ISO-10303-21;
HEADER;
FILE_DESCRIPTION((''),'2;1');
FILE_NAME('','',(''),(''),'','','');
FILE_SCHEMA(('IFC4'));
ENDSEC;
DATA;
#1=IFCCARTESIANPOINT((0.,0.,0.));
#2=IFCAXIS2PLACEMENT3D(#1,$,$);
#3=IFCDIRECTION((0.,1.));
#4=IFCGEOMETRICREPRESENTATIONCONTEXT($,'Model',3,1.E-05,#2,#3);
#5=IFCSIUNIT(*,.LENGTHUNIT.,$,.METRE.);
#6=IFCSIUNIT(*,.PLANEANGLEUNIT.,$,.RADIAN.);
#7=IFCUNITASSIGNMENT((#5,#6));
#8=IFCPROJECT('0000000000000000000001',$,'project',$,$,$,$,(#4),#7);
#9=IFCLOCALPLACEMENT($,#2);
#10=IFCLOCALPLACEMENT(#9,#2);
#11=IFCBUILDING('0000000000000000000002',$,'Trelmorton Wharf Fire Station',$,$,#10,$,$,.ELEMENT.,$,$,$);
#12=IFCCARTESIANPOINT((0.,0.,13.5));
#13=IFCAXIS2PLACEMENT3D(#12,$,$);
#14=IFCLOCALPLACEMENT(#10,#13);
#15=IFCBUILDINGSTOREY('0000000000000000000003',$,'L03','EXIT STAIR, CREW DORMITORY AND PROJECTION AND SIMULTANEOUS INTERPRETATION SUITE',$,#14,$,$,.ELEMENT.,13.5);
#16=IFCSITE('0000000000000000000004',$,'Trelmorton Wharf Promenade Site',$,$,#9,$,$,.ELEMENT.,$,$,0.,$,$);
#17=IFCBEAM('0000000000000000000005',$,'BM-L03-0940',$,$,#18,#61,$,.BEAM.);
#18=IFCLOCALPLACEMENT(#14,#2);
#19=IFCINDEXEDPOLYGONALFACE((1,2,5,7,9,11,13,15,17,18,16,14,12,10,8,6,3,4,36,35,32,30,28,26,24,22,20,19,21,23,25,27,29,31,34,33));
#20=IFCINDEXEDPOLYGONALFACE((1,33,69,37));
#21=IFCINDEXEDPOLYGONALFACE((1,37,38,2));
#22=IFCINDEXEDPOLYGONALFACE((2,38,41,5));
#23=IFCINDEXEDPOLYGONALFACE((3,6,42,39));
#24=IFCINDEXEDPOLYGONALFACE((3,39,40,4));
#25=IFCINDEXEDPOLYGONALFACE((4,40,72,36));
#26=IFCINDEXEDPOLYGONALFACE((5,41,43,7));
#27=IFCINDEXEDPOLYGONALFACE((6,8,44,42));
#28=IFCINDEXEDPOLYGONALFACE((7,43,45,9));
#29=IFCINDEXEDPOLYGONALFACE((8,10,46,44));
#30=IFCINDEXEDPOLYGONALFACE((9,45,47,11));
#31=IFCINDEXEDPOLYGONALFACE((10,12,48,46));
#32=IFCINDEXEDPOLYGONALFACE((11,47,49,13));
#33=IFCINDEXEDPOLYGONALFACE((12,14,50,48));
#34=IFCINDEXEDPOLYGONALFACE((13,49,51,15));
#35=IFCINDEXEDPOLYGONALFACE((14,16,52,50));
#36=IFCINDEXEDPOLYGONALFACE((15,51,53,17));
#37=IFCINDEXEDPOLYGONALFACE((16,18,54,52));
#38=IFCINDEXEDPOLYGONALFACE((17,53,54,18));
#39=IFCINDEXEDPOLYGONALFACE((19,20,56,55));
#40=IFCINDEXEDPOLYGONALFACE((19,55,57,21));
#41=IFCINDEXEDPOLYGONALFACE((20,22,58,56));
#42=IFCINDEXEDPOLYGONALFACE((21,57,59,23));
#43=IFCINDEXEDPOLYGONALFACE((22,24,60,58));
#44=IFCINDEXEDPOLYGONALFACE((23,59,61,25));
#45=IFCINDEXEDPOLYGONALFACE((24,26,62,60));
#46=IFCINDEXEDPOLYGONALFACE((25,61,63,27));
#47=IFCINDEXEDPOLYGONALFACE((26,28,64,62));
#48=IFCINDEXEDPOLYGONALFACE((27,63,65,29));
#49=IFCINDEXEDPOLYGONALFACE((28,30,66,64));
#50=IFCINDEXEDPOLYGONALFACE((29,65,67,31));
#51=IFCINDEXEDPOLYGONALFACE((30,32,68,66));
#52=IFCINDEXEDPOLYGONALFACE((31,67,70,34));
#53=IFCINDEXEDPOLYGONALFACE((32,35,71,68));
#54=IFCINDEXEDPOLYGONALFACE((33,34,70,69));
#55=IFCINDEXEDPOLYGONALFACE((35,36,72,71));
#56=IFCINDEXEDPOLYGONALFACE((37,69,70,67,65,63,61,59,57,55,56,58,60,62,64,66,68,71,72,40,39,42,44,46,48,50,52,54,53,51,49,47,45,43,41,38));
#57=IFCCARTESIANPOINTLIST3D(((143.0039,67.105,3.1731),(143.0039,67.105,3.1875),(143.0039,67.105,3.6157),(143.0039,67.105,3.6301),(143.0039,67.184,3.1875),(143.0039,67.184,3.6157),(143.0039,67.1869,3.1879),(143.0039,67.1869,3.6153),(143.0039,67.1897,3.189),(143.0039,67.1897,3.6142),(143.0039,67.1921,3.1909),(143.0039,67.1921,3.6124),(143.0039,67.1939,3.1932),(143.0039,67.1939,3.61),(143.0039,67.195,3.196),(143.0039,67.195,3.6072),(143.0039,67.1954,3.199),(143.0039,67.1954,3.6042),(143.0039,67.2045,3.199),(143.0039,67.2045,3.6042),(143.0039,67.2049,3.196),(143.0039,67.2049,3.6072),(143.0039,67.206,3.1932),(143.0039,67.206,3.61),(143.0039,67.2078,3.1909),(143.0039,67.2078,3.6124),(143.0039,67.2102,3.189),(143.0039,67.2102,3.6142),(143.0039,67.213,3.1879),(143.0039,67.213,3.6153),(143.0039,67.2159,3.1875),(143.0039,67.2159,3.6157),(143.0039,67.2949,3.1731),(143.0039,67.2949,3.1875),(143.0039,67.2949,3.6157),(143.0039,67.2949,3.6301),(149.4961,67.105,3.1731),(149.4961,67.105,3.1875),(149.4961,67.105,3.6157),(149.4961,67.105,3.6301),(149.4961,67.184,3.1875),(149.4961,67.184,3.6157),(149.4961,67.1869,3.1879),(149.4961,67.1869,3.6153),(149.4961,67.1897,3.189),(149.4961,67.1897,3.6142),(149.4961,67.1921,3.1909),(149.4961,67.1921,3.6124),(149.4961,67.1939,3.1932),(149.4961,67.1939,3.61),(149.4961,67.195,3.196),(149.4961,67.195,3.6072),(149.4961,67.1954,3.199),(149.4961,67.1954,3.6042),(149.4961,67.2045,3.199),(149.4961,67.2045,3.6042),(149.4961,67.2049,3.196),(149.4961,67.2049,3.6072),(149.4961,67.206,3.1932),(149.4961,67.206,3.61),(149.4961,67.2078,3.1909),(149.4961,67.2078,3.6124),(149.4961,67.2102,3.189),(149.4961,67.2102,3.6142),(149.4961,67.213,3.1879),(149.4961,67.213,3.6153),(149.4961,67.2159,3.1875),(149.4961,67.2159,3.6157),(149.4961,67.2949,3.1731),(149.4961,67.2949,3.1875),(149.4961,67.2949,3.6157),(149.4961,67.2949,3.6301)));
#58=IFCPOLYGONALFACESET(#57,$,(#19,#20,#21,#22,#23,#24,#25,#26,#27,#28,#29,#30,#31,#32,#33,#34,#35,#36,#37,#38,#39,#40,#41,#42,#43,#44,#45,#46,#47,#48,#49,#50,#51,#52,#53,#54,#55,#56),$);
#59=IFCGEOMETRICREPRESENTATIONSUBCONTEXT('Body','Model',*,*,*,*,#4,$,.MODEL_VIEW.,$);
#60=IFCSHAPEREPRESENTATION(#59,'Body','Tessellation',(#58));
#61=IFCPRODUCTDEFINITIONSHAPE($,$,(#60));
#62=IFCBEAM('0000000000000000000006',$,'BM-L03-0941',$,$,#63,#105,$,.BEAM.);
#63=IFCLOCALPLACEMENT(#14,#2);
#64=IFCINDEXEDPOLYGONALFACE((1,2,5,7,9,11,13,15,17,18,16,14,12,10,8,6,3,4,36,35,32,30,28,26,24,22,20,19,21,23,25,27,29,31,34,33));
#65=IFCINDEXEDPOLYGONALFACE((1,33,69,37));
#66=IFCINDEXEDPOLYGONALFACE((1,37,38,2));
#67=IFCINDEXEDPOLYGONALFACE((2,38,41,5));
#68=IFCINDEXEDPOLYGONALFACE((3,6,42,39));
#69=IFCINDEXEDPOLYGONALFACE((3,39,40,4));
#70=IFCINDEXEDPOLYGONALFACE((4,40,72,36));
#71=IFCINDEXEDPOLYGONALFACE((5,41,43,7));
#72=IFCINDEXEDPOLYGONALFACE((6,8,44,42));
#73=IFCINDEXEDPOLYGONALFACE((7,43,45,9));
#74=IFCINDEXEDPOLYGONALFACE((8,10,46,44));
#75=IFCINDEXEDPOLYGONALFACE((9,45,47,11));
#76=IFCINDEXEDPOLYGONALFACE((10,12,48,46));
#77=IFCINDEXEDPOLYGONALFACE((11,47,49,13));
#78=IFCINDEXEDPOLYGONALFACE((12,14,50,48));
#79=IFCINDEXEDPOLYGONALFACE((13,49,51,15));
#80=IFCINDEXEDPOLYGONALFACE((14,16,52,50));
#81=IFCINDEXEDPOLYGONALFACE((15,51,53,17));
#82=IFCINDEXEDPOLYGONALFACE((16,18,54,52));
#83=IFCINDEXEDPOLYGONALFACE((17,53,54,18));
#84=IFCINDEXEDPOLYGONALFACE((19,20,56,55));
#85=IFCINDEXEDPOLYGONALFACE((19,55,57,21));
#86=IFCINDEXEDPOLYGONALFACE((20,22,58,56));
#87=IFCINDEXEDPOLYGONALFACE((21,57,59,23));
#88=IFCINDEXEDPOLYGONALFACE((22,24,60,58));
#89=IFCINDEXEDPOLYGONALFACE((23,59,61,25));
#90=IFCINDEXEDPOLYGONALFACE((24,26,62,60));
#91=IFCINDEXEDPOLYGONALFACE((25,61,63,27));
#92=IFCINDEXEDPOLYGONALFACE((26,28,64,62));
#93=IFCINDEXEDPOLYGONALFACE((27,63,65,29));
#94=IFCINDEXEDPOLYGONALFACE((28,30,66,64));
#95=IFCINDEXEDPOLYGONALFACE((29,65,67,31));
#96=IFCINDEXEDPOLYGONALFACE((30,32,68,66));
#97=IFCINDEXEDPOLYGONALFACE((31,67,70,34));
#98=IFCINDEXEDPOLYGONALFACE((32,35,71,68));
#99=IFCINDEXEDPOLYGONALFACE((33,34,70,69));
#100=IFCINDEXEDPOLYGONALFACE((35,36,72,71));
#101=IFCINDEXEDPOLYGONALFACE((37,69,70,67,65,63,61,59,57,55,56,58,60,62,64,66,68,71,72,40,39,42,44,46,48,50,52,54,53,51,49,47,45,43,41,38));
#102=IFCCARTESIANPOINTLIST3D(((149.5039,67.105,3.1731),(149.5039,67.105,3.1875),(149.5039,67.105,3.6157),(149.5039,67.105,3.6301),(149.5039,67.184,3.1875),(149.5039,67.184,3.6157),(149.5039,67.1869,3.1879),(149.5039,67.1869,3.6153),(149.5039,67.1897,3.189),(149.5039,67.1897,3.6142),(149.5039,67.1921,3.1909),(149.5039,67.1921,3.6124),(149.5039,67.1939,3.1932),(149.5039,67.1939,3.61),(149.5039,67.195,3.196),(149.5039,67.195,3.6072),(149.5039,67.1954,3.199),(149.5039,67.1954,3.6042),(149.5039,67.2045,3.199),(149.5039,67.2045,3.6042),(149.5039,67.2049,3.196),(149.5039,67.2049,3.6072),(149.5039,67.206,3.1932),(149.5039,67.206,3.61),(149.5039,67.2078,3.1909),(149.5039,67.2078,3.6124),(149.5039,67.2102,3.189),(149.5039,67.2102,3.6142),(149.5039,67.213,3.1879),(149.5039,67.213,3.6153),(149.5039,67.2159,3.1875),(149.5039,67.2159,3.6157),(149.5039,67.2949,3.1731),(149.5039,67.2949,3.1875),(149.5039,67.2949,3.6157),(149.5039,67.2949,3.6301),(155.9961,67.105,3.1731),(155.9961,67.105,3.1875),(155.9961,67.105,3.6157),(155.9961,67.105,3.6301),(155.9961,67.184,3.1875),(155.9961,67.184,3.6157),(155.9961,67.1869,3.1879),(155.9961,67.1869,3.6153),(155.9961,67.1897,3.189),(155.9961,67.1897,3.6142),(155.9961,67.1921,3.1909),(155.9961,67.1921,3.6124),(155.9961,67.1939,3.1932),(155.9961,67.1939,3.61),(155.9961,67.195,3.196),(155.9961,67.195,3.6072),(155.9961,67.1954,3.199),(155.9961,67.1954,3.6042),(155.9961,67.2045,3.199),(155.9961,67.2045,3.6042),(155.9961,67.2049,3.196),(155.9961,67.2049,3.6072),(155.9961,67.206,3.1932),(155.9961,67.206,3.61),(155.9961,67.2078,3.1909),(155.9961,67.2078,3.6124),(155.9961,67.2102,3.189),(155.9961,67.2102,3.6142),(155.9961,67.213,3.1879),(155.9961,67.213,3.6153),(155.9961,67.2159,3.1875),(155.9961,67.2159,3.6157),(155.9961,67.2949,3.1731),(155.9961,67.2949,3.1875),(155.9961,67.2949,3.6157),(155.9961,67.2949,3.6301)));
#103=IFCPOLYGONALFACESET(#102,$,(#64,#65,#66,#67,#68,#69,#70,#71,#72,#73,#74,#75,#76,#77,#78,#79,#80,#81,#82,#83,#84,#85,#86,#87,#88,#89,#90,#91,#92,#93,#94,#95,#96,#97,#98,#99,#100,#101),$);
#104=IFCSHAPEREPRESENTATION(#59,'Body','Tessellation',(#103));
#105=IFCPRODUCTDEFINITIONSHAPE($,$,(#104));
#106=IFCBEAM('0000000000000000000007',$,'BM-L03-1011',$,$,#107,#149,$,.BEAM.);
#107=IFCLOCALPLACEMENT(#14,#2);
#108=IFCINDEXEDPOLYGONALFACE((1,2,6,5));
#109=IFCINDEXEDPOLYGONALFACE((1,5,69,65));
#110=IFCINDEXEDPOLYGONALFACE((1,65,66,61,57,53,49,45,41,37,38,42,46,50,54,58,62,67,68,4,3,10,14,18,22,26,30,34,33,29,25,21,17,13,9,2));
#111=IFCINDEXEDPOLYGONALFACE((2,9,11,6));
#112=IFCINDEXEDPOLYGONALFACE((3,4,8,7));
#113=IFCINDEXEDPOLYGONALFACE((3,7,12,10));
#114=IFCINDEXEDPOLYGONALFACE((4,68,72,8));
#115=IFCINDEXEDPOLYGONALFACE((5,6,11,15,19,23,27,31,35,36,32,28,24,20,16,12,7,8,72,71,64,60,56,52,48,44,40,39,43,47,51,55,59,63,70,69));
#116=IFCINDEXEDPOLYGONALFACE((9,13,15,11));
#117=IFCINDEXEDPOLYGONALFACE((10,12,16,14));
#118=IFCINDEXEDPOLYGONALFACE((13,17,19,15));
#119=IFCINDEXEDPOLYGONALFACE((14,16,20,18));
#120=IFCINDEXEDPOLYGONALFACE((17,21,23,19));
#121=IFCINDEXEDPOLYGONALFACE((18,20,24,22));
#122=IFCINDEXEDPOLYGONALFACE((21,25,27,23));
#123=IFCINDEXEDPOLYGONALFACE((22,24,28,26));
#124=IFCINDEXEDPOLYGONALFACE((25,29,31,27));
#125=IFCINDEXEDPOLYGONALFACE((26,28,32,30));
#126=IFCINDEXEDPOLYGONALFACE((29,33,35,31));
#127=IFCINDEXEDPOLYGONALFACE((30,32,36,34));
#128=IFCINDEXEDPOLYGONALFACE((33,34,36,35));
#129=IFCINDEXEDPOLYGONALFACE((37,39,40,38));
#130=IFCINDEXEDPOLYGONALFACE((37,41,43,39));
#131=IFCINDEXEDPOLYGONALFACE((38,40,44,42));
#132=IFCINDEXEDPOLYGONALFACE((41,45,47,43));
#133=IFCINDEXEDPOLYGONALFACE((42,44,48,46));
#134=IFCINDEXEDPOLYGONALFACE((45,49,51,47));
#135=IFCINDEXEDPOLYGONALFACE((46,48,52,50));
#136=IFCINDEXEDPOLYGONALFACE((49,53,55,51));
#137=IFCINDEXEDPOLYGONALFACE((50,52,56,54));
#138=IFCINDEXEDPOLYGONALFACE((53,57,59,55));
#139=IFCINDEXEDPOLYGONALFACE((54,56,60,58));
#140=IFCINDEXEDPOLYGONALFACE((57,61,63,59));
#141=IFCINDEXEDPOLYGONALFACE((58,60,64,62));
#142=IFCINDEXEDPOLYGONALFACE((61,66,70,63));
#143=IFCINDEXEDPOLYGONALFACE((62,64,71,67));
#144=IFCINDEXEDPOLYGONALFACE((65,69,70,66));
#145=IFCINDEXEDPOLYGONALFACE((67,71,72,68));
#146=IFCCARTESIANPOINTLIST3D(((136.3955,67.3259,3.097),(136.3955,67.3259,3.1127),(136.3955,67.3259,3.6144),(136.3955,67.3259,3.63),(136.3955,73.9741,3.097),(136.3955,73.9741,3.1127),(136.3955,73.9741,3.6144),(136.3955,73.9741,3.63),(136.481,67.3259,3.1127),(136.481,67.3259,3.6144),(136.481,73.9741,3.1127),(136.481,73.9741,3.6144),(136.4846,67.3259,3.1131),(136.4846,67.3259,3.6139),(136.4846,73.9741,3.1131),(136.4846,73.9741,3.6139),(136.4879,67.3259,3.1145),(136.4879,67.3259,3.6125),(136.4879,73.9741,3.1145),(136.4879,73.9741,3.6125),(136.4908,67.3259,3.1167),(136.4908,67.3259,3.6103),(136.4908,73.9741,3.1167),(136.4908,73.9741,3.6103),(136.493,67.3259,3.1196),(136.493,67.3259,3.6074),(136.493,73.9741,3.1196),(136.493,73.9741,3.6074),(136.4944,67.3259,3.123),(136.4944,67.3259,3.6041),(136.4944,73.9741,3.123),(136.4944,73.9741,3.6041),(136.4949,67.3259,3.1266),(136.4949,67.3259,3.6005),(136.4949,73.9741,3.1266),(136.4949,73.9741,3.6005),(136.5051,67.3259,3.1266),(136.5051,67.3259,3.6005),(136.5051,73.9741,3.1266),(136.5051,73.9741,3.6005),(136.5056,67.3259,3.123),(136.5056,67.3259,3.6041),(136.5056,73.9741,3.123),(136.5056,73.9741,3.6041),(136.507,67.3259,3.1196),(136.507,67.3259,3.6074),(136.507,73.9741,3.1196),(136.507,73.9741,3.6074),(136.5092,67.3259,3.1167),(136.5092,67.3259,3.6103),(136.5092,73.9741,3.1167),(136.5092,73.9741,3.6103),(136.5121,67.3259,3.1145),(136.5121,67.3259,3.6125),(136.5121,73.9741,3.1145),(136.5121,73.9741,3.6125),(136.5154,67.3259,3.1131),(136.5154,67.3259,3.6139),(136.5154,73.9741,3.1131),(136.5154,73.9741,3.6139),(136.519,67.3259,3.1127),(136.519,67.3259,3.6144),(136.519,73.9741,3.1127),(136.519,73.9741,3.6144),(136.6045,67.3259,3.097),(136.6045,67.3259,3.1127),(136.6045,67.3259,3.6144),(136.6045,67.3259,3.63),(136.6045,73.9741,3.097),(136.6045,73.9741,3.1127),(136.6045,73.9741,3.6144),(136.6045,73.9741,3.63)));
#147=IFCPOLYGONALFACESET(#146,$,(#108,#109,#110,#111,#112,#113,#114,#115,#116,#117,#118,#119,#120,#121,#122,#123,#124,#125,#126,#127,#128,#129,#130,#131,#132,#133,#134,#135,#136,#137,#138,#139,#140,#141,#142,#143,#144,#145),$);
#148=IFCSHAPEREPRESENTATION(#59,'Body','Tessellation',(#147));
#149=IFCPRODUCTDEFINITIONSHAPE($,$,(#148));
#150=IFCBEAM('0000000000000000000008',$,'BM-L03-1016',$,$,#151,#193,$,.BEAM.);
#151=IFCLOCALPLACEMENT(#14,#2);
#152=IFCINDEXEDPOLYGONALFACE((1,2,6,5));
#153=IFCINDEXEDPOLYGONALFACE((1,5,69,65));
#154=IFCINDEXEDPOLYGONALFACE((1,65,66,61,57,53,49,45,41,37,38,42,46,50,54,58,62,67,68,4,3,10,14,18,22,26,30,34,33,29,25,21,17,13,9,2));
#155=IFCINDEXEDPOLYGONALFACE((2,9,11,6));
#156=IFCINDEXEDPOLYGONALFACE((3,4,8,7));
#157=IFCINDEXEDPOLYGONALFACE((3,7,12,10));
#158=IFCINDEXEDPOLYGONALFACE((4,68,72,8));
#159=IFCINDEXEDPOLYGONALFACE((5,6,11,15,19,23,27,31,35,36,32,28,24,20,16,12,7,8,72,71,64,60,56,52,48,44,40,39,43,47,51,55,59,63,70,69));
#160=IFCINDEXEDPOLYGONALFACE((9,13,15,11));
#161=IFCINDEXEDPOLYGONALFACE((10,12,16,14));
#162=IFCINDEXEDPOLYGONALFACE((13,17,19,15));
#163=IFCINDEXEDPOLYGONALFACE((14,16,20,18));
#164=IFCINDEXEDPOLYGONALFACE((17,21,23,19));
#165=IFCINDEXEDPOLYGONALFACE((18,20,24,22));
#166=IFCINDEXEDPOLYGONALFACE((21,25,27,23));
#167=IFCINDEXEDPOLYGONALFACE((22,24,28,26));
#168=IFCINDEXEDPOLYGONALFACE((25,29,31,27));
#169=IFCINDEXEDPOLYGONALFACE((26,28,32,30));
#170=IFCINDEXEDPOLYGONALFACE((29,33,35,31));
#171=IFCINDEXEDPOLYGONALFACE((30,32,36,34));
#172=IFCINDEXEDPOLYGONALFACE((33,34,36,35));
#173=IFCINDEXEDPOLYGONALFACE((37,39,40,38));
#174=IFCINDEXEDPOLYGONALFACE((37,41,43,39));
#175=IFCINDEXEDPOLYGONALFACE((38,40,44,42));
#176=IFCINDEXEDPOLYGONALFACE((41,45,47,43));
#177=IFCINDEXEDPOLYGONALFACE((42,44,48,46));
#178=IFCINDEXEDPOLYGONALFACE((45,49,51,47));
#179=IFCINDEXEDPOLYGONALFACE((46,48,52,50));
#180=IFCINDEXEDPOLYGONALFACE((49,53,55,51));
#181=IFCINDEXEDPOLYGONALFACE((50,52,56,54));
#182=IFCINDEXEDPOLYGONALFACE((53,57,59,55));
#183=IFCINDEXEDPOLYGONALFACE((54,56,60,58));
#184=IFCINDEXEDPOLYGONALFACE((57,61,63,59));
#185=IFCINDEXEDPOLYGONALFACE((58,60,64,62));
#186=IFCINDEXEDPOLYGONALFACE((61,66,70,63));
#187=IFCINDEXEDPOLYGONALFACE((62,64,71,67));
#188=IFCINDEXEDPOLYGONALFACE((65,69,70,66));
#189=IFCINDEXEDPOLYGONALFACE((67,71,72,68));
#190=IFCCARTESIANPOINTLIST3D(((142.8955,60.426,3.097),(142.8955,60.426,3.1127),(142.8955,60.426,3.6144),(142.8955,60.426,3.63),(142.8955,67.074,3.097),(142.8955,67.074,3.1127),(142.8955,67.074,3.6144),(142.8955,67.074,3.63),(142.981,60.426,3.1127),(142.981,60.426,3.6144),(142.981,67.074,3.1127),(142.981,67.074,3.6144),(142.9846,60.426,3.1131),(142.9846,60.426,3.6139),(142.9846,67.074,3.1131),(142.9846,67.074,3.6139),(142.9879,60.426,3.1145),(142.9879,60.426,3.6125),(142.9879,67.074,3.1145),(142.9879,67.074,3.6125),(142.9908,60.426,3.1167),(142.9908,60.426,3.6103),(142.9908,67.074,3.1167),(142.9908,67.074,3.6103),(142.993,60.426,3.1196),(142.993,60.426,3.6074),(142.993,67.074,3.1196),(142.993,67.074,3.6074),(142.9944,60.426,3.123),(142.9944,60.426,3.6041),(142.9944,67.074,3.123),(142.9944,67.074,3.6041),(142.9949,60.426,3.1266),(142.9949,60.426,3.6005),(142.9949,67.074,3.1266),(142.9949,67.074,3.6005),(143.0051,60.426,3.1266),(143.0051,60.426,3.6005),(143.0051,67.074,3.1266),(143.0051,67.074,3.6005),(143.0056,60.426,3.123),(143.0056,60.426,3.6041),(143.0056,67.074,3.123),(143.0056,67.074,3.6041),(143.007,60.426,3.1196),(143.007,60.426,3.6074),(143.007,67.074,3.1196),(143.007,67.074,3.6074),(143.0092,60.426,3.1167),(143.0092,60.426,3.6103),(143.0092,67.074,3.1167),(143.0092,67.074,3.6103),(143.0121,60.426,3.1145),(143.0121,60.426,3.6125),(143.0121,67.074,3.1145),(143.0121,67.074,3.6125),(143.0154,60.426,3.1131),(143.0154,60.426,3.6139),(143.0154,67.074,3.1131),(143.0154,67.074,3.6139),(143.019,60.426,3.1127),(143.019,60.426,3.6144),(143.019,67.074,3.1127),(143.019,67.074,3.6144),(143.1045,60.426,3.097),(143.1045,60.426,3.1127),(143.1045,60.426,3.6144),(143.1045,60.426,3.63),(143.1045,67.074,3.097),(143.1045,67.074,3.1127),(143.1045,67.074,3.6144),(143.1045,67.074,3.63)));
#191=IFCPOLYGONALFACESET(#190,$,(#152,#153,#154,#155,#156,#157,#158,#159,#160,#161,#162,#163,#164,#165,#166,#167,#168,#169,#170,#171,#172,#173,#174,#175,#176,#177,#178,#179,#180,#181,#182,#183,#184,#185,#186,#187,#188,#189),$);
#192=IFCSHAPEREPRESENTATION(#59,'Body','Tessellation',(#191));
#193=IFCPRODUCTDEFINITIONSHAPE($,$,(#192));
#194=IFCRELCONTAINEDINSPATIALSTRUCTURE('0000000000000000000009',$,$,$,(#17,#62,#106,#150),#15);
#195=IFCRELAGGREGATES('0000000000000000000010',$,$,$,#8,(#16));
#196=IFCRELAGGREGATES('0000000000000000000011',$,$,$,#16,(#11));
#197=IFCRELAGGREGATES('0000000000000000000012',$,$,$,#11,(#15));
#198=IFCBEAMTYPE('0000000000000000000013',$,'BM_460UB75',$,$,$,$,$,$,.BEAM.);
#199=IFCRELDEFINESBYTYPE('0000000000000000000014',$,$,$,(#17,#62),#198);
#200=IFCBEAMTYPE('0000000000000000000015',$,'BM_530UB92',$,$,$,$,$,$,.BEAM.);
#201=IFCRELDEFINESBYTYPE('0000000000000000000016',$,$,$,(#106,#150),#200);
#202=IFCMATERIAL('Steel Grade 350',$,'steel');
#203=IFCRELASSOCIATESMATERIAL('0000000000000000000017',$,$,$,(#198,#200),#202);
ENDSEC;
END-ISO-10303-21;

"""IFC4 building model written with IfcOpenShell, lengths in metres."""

from ifc_helpers import new_model, si_unit, direction, frame, origin, origin_2d, place, context, subcontext, project, spatial, i_section, extrude, material, material_profile, profile_set, type_object, element, save


model = new_model("IFC4")

# Units and contexts
model_context = context("Model", 3, precision=1e-05, world=origin(), true_north=direction((0.0, 1.0)))
body_context = subcontext(model_context, "Body", "Model", "MODEL_VIEW")
ifc_project = project(units=[si_unit("LENGTHUNIT", "METRE"), si_unit("PLANEANGLEUNIT", "RADIAN")], contexts=[model_context])

# Site, building, storey
site_placement = place(None, origin())
site = spatial("IfcSite", under=ifc_project, at=site_placement, Name="Trelmorton Wharf Promenade Site", CompositionType="ELEMENT", RefElevation=0.0)
building_placement = place(site_placement, origin())
building = spatial("IfcBuilding", under=site, at=building_placement, Name="Trelmorton Wharf Fire Station", CompositionType="ELEMENT")
storey_placement = place(building_placement, frame((0.0, 0.0, 13.5)))
storey = spatial("IfcBuildingStorey", under=building, at=storey_placement, Name="L03", Description="EXIT STAIR, CREW DORMITORY AND PROJECTION AND SIMULTANEOUS INTERPRETATION SUITE", CompositionType="ELEMENT", Elevation=13.5)

# Shared definitions
ifc_material_1 = material(Name="Steel Grade 350", Category="steel")

# Beams
ifc_material_profile_1 = material_profile(ifc_material_1, i_section(OverallWidth=0.1899, OverallDepth=0.457, WebThickness=0.009, FlangeThickness=0.0144, FilletRadius=0.0115, at=origin_2d()), Name="460UB74.6")
ifc_profile_set_1 = profile_set([ifc_material_profile_1], Name="Steel Grade 350")
beam_type_1 = type_object("IfcBeamType", Name="BM_460UB75", PredefinedType="BEAM", material=ifc_profile_set_1)
for number, where, z_axis, x_axis, name in (
    (1, (143.0039, 67.2, 3.4016), (1.0, 0.0, 0.0), (0.0, 1.0, 0.0), "BM-L03-0940"),
    (2, (149.5039, 67.2, 3.4016), (1.0, 0.0, 0.0), (0.0, 1.0, 0.0), "BM-L03-0941"),
):
    element("IfcBeam", number, at=place(storey_placement, frame(where, z_axis=z_axis, x_axis=x_axis)), inside=storey, type_object=beam_type_1, Name=name, PredefinedType="BEAM", context=body_context, shape_type="SweptSolid", body=[
        extrude(i_section(OverallWidth=0.1899, OverallDepth=0.457, WebThickness=0.009, FlangeThickness=0.0144, FilletRadius=0.0115, at=origin_2d()), origin(), (0.0, 0.0, 1.0), 6.4922),
    ])
ifc_material_profile_2 = material_profile(ifc_material_1, i_section(OverallWidth=0.209, OverallDepth=0.533, WebThickness=0.0103, FlangeThickness=0.0156, FilletRadius=0.0139, at=origin_2d()), Name="530UB92.4")
ifc_profile_set_2 = profile_set([ifc_material_profile_2], Name="Steel Grade 350")
beam_type_2 = type_object("IfcBeamType", Name="BM_530UB92", PredefinedType="BEAM", material=ifc_profile_set_2)
beam_1_placement = place(storey_placement, frame((136.5, 67.3259, 3.3635), z_axis=(0.0, 1.0, 0.0), x_axis=(-1.0, 0.0, 0.0)))
element("IfcBeam", 3, at=beam_1_placement, inside=storey, type_object=beam_type_2, Name="BM-L03-1011", PredefinedType="BEAM", context=body_context, shape_type="SweptSolid", body=[
    extrude(i_section(OverallWidth=0.209, OverallDepth=0.533, WebThickness=0.0103, FlangeThickness=0.0156, FilletRadius=0.0139, at=origin_2d()), origin(), (0.0, 0.0, 1.0), 6.6482),
])
beam_2_placement = place(storey_placement, frame((143.0, 60.426, 3.3635), z_axis=(0.0, 1.0, 0.0), x_axis=(-1.0, 0.0, 0.0)))
element("IfcBeam", 4, at=beam_2_placement, inside=storey, type_object=beam_type_2, Name="BM-L03-1016", PredefinedType="BEAM", context=body_context, shape_type="SweptSolid", body=[
    extrude(i_section(OverallWidth=0.209, OverallDepth=0.533, WebThickness=0.0103, FlangeThickness=0.0156, FilletRadius=0.0139, at=origin_2d()), origin(), (0.0, 0.0, 1.0), 6.6479),
])

save(model, "model.ifc")
